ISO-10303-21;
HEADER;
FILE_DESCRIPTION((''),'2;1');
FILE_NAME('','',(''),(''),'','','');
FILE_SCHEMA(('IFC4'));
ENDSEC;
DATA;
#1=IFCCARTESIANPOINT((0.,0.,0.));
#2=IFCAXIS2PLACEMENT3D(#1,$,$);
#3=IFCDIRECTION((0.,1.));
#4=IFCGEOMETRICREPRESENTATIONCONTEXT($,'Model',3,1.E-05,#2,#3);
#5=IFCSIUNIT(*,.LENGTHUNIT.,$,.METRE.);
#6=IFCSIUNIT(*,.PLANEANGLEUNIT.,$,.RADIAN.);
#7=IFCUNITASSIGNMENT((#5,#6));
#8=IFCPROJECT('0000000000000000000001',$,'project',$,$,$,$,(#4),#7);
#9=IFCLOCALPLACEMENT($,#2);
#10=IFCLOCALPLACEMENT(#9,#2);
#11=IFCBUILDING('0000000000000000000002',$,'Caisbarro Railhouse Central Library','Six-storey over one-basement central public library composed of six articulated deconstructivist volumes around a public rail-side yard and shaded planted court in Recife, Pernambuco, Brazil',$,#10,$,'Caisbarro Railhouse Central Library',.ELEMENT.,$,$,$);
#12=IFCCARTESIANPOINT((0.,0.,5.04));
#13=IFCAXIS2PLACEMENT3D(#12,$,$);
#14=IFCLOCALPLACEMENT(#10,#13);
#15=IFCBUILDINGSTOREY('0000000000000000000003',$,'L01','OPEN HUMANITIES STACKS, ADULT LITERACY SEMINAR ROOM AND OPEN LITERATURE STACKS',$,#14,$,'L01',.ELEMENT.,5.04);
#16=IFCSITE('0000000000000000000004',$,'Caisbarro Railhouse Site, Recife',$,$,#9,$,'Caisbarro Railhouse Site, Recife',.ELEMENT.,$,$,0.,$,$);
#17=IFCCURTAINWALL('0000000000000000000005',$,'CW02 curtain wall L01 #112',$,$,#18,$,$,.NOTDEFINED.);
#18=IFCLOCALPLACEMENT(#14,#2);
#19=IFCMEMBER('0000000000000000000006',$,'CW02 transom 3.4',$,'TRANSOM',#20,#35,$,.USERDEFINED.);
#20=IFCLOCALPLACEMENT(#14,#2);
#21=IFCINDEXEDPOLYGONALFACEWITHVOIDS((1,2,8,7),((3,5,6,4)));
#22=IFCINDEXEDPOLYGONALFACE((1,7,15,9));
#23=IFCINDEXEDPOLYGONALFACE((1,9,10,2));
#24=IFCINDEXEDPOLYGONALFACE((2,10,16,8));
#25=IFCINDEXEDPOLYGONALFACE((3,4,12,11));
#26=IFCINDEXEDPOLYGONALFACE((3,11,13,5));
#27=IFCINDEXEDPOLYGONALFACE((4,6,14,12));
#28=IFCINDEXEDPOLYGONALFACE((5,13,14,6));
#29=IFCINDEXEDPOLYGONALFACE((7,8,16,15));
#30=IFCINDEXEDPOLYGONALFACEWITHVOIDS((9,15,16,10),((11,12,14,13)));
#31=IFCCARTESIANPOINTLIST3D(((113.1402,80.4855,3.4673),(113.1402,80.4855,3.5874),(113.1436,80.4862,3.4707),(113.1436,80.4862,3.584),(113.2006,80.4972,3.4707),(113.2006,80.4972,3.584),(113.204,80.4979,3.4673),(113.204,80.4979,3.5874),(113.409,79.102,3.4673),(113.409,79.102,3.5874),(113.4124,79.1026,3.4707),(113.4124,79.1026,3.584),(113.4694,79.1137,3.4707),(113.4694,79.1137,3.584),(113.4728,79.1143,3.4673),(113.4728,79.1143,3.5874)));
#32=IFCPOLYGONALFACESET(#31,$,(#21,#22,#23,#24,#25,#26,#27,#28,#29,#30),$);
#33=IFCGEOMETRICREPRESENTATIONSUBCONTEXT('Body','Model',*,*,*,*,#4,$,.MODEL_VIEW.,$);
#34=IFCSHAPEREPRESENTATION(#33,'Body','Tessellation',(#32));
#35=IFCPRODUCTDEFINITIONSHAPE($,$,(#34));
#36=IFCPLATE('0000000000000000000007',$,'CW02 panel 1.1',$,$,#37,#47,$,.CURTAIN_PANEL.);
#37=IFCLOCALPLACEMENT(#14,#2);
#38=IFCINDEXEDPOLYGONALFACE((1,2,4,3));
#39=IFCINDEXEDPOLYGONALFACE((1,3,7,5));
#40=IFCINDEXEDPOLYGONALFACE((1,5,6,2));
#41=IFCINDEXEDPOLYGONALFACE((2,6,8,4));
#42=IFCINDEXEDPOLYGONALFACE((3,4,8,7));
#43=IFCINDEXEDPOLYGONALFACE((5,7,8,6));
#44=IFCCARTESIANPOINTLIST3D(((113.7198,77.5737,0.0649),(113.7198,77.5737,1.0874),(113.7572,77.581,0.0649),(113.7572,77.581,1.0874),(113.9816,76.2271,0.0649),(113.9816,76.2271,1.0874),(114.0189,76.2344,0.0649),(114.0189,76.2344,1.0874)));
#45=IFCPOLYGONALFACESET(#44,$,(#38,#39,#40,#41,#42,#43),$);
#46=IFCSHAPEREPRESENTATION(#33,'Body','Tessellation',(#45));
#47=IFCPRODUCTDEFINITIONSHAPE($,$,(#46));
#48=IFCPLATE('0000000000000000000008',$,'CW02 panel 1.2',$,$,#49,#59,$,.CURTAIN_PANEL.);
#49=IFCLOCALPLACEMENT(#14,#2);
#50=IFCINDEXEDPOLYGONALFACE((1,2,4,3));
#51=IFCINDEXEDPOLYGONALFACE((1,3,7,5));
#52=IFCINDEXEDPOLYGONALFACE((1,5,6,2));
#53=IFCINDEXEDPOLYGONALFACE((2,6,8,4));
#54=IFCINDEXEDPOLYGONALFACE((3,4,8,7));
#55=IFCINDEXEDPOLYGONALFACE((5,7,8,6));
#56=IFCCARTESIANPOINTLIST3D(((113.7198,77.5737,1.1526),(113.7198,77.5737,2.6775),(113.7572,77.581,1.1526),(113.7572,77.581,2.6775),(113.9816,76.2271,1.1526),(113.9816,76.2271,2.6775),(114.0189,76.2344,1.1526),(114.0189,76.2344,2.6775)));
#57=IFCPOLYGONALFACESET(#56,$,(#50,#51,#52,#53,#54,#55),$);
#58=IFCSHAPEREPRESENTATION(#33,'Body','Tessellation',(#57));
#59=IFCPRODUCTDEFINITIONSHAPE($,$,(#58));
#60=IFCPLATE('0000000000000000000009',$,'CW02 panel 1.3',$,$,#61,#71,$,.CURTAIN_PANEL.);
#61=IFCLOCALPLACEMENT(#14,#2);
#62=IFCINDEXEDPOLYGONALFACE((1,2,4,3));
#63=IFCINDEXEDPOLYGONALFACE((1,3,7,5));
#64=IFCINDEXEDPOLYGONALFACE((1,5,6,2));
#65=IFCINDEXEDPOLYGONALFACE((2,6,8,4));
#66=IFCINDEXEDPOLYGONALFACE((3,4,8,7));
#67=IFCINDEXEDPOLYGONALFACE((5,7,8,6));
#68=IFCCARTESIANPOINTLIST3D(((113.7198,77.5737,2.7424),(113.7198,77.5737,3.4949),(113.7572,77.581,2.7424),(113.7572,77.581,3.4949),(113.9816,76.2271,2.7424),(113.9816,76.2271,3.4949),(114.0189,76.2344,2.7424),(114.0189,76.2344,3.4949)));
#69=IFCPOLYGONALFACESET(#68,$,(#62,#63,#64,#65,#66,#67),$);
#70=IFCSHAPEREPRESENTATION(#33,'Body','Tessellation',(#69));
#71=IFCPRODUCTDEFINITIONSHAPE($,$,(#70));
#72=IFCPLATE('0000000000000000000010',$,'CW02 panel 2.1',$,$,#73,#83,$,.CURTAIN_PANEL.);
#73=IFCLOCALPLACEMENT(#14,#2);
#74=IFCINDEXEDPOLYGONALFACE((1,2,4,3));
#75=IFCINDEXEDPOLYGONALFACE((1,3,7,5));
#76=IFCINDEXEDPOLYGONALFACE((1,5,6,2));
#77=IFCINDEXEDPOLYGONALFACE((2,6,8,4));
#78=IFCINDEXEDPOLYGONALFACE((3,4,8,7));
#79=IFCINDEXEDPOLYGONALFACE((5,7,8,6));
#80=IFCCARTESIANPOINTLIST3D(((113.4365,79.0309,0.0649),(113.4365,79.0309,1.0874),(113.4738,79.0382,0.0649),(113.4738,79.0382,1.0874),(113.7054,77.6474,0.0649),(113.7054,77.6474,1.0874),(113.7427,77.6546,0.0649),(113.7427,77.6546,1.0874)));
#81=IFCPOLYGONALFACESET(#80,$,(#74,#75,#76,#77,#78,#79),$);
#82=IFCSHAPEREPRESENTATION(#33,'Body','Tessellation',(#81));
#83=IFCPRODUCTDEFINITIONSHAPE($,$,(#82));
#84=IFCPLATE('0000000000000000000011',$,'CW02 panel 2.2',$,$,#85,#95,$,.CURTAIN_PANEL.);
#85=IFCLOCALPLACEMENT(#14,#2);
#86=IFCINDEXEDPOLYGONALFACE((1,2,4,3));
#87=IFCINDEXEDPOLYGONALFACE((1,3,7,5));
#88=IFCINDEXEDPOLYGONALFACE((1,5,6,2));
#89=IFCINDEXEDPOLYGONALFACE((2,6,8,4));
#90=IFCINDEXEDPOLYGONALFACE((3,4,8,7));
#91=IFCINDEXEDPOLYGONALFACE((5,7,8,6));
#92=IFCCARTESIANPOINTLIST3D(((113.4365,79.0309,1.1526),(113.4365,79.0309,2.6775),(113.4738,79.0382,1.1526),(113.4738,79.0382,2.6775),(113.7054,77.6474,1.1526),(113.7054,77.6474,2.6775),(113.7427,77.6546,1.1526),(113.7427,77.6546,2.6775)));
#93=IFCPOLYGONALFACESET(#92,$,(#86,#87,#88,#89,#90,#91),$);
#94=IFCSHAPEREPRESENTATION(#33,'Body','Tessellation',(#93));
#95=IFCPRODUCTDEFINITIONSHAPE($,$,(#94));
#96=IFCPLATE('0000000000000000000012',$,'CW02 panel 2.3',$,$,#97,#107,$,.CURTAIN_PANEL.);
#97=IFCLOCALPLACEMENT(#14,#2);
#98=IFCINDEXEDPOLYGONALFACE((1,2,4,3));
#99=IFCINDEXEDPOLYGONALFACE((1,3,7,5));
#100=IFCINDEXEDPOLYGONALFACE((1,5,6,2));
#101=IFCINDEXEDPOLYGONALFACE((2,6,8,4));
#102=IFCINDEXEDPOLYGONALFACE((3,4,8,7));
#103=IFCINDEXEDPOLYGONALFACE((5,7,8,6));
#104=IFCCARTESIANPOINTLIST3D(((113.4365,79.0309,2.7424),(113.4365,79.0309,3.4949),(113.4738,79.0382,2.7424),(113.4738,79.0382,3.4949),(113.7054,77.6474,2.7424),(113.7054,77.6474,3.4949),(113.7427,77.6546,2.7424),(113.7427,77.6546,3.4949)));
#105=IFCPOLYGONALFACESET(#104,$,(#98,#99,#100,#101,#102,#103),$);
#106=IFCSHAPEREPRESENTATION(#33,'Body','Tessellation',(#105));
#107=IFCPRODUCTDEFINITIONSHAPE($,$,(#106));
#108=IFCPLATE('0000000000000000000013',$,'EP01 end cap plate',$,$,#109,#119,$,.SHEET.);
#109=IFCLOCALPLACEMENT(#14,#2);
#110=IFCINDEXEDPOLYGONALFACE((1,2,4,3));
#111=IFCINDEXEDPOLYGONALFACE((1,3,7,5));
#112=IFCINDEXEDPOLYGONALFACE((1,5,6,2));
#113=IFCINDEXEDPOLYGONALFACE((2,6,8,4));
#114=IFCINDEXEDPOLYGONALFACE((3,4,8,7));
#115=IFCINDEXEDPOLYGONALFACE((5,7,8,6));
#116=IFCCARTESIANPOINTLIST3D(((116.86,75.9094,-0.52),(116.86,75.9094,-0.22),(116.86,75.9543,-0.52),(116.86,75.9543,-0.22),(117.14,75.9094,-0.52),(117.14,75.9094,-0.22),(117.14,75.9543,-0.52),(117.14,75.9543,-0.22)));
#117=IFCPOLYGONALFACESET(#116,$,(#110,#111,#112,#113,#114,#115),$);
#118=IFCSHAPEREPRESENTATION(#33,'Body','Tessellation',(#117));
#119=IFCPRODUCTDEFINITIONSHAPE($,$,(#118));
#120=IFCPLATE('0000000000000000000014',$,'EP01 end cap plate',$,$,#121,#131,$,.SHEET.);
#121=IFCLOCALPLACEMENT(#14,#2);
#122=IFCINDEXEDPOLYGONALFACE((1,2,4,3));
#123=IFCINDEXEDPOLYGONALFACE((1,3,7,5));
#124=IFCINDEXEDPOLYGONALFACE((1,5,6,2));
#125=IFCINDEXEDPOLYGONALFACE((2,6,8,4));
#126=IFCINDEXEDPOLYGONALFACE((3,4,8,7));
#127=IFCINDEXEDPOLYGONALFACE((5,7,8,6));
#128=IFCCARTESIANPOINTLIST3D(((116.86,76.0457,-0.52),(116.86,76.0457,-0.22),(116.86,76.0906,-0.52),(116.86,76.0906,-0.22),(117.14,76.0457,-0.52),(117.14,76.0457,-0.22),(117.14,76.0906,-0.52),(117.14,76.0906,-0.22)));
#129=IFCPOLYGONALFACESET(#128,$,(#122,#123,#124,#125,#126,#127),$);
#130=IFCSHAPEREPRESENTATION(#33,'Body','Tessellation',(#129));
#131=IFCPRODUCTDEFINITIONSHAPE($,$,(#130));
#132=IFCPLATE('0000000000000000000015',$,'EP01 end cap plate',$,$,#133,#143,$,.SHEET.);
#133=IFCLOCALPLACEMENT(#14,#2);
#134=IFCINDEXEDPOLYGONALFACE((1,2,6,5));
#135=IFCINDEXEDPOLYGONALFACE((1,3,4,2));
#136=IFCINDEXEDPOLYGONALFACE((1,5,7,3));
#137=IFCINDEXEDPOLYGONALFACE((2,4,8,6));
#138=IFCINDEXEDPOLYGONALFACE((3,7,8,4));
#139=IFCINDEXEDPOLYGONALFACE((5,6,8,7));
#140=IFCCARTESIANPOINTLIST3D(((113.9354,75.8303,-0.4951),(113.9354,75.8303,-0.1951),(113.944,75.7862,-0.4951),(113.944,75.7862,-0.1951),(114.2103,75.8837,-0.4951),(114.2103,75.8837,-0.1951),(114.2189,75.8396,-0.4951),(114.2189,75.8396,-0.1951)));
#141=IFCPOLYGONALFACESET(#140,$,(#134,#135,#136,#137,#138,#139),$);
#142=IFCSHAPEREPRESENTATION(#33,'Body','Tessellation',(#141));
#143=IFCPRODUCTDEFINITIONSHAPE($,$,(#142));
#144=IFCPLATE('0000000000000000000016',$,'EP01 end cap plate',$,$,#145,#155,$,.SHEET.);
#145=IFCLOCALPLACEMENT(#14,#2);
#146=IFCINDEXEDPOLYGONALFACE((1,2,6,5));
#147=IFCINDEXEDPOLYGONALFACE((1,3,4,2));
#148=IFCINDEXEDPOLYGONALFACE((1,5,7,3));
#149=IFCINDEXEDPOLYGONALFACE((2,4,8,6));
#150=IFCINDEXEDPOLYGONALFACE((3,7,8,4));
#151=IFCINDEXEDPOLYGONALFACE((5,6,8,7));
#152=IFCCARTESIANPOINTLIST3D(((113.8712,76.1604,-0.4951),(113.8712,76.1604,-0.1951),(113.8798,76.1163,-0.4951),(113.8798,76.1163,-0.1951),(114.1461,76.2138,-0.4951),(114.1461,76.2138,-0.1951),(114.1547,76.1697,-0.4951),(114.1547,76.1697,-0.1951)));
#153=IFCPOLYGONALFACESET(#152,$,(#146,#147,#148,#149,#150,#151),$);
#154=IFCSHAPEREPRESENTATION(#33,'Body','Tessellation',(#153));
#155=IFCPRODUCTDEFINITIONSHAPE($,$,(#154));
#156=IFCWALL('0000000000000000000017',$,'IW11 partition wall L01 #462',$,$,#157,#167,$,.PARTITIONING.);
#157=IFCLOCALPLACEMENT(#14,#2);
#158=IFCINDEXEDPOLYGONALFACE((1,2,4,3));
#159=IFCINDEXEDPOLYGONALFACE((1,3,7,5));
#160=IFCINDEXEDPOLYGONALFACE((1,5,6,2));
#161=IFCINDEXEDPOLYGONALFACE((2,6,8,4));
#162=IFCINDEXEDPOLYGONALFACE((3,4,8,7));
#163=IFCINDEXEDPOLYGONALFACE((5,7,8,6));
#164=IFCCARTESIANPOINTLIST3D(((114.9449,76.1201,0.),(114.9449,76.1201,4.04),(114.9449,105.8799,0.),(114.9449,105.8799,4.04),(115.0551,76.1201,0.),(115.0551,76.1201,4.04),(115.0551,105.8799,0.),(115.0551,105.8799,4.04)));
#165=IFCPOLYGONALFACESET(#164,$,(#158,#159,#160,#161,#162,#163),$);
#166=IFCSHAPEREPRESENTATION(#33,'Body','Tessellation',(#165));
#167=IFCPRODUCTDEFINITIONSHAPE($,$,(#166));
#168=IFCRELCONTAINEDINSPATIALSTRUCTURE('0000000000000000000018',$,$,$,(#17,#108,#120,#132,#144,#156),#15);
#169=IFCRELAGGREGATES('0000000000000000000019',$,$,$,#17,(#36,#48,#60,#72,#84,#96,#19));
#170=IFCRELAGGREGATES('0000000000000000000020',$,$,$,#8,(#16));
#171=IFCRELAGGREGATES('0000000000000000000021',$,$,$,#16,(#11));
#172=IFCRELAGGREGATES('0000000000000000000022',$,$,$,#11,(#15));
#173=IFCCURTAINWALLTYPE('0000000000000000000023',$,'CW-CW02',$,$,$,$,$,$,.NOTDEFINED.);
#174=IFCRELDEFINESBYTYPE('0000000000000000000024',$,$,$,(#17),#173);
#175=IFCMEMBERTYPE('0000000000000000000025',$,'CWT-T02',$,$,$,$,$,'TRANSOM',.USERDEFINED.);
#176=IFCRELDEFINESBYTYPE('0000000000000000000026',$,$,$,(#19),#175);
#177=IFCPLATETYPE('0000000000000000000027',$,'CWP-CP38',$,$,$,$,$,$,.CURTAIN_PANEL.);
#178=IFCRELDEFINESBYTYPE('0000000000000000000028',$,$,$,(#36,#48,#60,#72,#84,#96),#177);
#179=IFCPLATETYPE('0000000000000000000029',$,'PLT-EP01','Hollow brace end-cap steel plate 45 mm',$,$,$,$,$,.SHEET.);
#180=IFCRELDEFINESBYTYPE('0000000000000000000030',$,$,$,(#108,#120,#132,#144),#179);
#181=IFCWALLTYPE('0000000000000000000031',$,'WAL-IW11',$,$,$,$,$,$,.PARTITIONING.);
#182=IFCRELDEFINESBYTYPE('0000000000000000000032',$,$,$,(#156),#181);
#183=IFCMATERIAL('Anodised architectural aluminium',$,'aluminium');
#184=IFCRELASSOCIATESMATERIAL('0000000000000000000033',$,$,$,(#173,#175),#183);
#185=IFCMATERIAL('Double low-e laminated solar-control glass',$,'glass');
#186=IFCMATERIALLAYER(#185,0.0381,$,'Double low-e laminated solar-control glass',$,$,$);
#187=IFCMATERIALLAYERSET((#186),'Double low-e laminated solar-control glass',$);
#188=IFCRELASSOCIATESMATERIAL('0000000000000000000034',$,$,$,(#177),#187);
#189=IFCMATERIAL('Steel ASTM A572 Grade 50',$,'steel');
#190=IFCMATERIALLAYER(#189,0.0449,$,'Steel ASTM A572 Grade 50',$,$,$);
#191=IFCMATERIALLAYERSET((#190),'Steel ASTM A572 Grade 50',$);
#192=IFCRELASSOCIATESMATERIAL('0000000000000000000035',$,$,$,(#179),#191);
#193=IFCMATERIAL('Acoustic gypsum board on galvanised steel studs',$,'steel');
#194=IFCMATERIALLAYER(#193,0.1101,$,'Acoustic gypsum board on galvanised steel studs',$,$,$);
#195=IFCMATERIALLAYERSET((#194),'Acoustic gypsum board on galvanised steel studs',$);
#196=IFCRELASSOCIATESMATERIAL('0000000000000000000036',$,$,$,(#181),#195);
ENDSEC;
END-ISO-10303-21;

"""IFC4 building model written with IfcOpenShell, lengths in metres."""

from ifc_helpers import new_model, si_unit, direction, frame, frame_2d, origin, origin_2d, place, context, subcontext, project, spatial, rectangle, hollow_rectangle, extrude, material, layer, layer_set, material_profile, profile_set, type_object, element, aggregate, save


model = new_model("IFC4")

# Units and contexts
model_context = context("Model", 3, precision=1e-05, world=origin(), true_north=direction((0.0, 1.0)))
body_context = subcontext(model_context, "Body", "Model", "MODEL_VIEW")
ifc_project = project(units=[si_unit("LENGTHUNIT", "METRE"), si_unit("PLANEANGLEUNIT", "RADIAN")], contexts=[model_context])

# Site, building, storey
site_placement = place(None, origin())
site = spatial("IfcSite", under=ifc_project, at=site_placement, Name="Caisbarro Railhouse Site, Recife", LongName="Caisbarro Railhouse Site, Recife", CompositionType="ELEMENT", RefElevation=0.0)
building_placement = place(site_placement, origin())
building = spatial("IfcBuilding", under=site, at=building_placement, Name="Caisbarro Railhouse Central Library", Description="Six-storey over one-basement central public library composed of six articulated deconstructivist volumes around a public rail-side yard and shaded planted court in Recife, Pernambuco, Brazil", LongName="Caisbarro Railhouse Central Library", CompositionType="ELEMENT")
storey_placement = place(building_placement, frame((0.0, 0.0, 5.04)))
storey = spatial("IfcBuildingStorey", under=building, at=storey_placement, Name="L01", Description="OPEN HUMANITIES STACKS, ADULT LITERACY SEMINAR ROOM AND OPEN LITERATURE STACKS", LongName="L01", CompositionType="ELEMENT", Elevation=5.04)

# Shared definitions
ifc_material_1 = material(Name="Steel ASTM A572 Grade 50", Category="steel")

# Curtain wall, member, plates
ifc_material_2 = material(Name="Anodised architectural aluminium", Category="aluminium")
curtain_wall_type = type_object("IfcCurtainWallType", Name="CW-CW02", PredefinedType="NOTDEFINED", material=ifc_material_2)
curtain_wall_placement = place(storey_placement, origin())
curtain_wall = element("IfcCurtainWall", 1, at=curtain_wall_placement, inside=storey, type_object=curtain_wall_type, Name="CW02 curtain wall L01 #112", PredefinedType="NOTDEFINED")
ifc_material_profile_1 = material_profile(ifc_material_2, hollow_rectangle(XDim=0.0649, YDim=0.1201, WallThickness=0.0034, at=origin_2d()), Name="ALU-TRN-65X120")
ifc_profile_set_1 = profile_set([ifc_material_profile_1], Name="Anodised architectural aluminium")
member_type_1 = type_object("IfcMemberType", Name="CWT-T02", ElementType="TRANSOM", PredefinedType="USERDEFINED", material=ifc_profile_set_1)
member_1_placement = place(storey_placement, frame((113.4409, 79.1082, 3.5273), z_axis=(-0.190717, 0.981645, 0.0), x_axis=(-0.981645, -0.190717, 0.0)))
member_1 = element("IfcMember", 2, at=member_1_placement, type_object=member_type_1, Name="CW02 transom 3.4", ObjectType="TRANSOM", PredefinedType="USERDEFINED", context=body_context, shape_type="SweptSolid", body=[
    extrude(hollow_rectangle(XDim=0.0649, YDim=0.1201, WallThickness=0.0034, at=origin_2d()), origin(), (0.0, 0.0, 1.0), 1.4094),
])
ifc_material_3 = material(Name="Double low-e laminated solar-control glass", Category="glass")
ifc_layer_1 = layer(ifc_material_3, 0.0381, Name="Double low-e laminated solar-control glass")
ifc_layer_set_1 = layer_set([ifc_layer_1], Name="Double low-e laminated solar-control glass")
plate_type_1 = type_object("IfcPlateType", Name="CWP-CP38", PredefinedType="CURTAIN_PANEL", material=ifc_layer_set_1)
plate_1_placement = place(storey_placement, frame((113.8694, 76.9041, 0.0649), z_axis=(0.0, 0.0, 1.0), x_axis=(-0.190781, 0.981633, 0.0)))
plate_1 = element("IfcPlate", 3, at=plate_1_placement, type_object=plate_type_1, Name="CW02 panel 1.1", PredefinedType="CURTAIN_PANEL", context=body_context, shape_type="SweptSolid", body=[
    extrude(rectangle(XDim=1.3718, YDim=0.0381, at=origin_2d()), origin(), (0.0, 0.0, 1.0), 1.0225),
])
plate_2_placement = place(storey_placement, frame((113.8694, 76.9041, 1.1526), z_axis=(0.0, 0.0, 1.0), x_axis=(-0.190781, 0.981633, 0.0)))
plate_2 = element("IfcPlate", 4, at=plate_2_placement, type_object=plate_type_1, Name="CW02 panel 1.2", PredefinedType="CURTAIN_PANEL", context=body_context, shape_type="SweptSolid", body=[
    extrude(rectangle(XDim=1.3718, YDim=0.0381, at=origin_2d()), origin(), (0.0, 0.0, 1.0), 1.5249),
])
plate_3_placement = place(storey_placement, frame((113.8694, 76.9041, 2.7424), z_axis=(0.0, 0.0, 1.0), x_axis=(-0.190781, 0.981633, 0.0)))
plate_3 = element("IfcPlate", 5, at=plate_3_placement, type_object=plate_type_1, Name="CW02 panel 1.3", PredefinedType="CURTAIN_PANEL", context=body_context, shape_type="SweptSolid", body=[
    extrude(rectangle(XDim=1.3718, YDim=0.0381, at=origin_2d()), origin(), (0.0, 0.0, 1.0), 0.7524),
])
plate_4_placement = place(storey_placement, frame((113.5896, 78.3428, 0.0649), z_axis=(0.0, 0.0, 1.0), x_axis=(-0.190781, 0.981633, 0.0)))
plate_4 = element("IfcPlate", 6, at=plate_4_placement, type_object=plate_type_1, Name="CW02 panel 2.1", PredefinedType="CURTAIN_PANEL", context=body_context, shape_type="SweptSolid", body=[
    extrude(rectangle(XDim=1.4094, YDim=0.0381, at=origin_2d()), origin(), (0.0, 0.0, 1.0), 1.0225),
])
plate_5_placement = place(storey_placement, frame((113.5896, 78.3428, 1.1526), z_axis=(0.0, 0.0, 1.0), x_axis=(-0.190781, 0.981633, 0.0)))
plate_5 = element("IfcPlate", 7, at=plate_5_placement, type_object=plate_type_1, Name="CW02 panel 2.2", PredefinedType="CURTAIN_PANEL", context=body_context, shape_type="SweptSolid", body=[
    extrude(rectangle(XDim=1.4094, YDim=0.0381, at=origin_2d()), origin(), (0.0, 0.0, 1.0), 1.5249),
])
plate_6_placement = place(storey_placement, frame((113.5896, 78.3428, 2.7424), z_axis=(0.0, 0.0, 1.0), x_axis=(-0.190781, 0.981633, 0.0)))
plate_6 = element("IfcPlate", 8, at=plate_6_placement, type_object=plate_type_1, Name="CW02 panel 2.3", PredefinedType="CURTAIN_PANEL", context=body_context, shape_type="SweptSolid", body=[
    extrude(rectangle(XDim=1.4094, YDim=0.0381, at=origin_2d()), origin(), (0.0, 0.0, 1.0), 0.7524),
])
aggregate(curtain_wall, [plate_1, plate_2, plate_3, plate_4, plate_5, plate_6, member_1])

# Plates
ifc_layer_2 = layer(ifc_material_1, 0.0449, Name="Steel ASTM A572 Grade 50")
ifc_layer_set_2 = layer_set([ifc_layer_2], Name="Steel ASTM A572 Grade 50")
plate_type_2 = type_object("IfcPlateType", Name="PLT-EP01", Description="Hollow brace end-cap steel plate 45 mm", PredefinedType="SHEET", material=ifc_layer_set_2)
for number, where, z_axis, x_axis, name in (
    (9, (117.0, 75.9319, -0.52), (0.0, 0.0, 1.0), (0.0, 1.0, 0.0), "EP01 end cap plate"),
    (10, (117.0, 76.0681, -0.52), (0.0, 0.0, 1.0), (0.0, 1.0, 0.0), "EP01 end cap plate"),
    (11, (114.0771, 75.835, -0.4951), (0.0, 0.0, 1.0), (-0.190809, 0.981627, 0.0), "EP01 end cap plate"),
    (12, (114.0129, 76.165, -0.4951), (0.0, 0.0, 1.0), (-0.190809, 0.981627, 0.0), "EP01 end cap plate"),
):
    element("IfcPlate", number, at=place(storey_placement, frame(where, z_axis=z_axis, x_axis=x_axis)), inside=storey, type_object=plate_type_2, Name=name, PredefinedType="SHEET", context=body_context, shape_type="SweptSolid", body=[
        extrude(rectangle(XDim=0.0449, YDim=0.28, at=origin_2d()), origin(), (0.0, 0.0, 1.0), 0.3),
    ])

# Wall
ifc_material_4 = material(Name="Acoustic gypsum board on galvanised steel studs", Category="steel")
ifc_layer_3 = layer(ifc_material_4, 0.1101, Name="Acoustic gypsum board on galvanised steel studs")
ifc_layer_set_3 = layer_set([ifc_layer_3], Name="Acoustic gypsum board on galvanised steel studs")
wall_type = type_object("IfcWallType", Name="WAL-IW11", PredefinedType="PARTITIONING", material=ifc_layer_set_3)
wall_placement = place(storey_placement, frame((115.0, 76.1201, 0.0), z_axis=(0.0, 0.0, 1.0), x_axis=(0.0, 1.0, 0.0)))
element("IfcWall", 13, at=wall_placement, inside=storey, type_object=wall_type, Name="IW11 partition wall L01 #462", PredefinedType="PARTITIONING", context=body_context, shape_type="SweptSolid", body=[
    extrude(rectangle(XDim=29.7598, YDim=0.1101, at=frame_2d((14.8799, 0.0))), origin(), (0.0, 0.0, 1.0), 4.04),
])

save(model, "model.ifc")
